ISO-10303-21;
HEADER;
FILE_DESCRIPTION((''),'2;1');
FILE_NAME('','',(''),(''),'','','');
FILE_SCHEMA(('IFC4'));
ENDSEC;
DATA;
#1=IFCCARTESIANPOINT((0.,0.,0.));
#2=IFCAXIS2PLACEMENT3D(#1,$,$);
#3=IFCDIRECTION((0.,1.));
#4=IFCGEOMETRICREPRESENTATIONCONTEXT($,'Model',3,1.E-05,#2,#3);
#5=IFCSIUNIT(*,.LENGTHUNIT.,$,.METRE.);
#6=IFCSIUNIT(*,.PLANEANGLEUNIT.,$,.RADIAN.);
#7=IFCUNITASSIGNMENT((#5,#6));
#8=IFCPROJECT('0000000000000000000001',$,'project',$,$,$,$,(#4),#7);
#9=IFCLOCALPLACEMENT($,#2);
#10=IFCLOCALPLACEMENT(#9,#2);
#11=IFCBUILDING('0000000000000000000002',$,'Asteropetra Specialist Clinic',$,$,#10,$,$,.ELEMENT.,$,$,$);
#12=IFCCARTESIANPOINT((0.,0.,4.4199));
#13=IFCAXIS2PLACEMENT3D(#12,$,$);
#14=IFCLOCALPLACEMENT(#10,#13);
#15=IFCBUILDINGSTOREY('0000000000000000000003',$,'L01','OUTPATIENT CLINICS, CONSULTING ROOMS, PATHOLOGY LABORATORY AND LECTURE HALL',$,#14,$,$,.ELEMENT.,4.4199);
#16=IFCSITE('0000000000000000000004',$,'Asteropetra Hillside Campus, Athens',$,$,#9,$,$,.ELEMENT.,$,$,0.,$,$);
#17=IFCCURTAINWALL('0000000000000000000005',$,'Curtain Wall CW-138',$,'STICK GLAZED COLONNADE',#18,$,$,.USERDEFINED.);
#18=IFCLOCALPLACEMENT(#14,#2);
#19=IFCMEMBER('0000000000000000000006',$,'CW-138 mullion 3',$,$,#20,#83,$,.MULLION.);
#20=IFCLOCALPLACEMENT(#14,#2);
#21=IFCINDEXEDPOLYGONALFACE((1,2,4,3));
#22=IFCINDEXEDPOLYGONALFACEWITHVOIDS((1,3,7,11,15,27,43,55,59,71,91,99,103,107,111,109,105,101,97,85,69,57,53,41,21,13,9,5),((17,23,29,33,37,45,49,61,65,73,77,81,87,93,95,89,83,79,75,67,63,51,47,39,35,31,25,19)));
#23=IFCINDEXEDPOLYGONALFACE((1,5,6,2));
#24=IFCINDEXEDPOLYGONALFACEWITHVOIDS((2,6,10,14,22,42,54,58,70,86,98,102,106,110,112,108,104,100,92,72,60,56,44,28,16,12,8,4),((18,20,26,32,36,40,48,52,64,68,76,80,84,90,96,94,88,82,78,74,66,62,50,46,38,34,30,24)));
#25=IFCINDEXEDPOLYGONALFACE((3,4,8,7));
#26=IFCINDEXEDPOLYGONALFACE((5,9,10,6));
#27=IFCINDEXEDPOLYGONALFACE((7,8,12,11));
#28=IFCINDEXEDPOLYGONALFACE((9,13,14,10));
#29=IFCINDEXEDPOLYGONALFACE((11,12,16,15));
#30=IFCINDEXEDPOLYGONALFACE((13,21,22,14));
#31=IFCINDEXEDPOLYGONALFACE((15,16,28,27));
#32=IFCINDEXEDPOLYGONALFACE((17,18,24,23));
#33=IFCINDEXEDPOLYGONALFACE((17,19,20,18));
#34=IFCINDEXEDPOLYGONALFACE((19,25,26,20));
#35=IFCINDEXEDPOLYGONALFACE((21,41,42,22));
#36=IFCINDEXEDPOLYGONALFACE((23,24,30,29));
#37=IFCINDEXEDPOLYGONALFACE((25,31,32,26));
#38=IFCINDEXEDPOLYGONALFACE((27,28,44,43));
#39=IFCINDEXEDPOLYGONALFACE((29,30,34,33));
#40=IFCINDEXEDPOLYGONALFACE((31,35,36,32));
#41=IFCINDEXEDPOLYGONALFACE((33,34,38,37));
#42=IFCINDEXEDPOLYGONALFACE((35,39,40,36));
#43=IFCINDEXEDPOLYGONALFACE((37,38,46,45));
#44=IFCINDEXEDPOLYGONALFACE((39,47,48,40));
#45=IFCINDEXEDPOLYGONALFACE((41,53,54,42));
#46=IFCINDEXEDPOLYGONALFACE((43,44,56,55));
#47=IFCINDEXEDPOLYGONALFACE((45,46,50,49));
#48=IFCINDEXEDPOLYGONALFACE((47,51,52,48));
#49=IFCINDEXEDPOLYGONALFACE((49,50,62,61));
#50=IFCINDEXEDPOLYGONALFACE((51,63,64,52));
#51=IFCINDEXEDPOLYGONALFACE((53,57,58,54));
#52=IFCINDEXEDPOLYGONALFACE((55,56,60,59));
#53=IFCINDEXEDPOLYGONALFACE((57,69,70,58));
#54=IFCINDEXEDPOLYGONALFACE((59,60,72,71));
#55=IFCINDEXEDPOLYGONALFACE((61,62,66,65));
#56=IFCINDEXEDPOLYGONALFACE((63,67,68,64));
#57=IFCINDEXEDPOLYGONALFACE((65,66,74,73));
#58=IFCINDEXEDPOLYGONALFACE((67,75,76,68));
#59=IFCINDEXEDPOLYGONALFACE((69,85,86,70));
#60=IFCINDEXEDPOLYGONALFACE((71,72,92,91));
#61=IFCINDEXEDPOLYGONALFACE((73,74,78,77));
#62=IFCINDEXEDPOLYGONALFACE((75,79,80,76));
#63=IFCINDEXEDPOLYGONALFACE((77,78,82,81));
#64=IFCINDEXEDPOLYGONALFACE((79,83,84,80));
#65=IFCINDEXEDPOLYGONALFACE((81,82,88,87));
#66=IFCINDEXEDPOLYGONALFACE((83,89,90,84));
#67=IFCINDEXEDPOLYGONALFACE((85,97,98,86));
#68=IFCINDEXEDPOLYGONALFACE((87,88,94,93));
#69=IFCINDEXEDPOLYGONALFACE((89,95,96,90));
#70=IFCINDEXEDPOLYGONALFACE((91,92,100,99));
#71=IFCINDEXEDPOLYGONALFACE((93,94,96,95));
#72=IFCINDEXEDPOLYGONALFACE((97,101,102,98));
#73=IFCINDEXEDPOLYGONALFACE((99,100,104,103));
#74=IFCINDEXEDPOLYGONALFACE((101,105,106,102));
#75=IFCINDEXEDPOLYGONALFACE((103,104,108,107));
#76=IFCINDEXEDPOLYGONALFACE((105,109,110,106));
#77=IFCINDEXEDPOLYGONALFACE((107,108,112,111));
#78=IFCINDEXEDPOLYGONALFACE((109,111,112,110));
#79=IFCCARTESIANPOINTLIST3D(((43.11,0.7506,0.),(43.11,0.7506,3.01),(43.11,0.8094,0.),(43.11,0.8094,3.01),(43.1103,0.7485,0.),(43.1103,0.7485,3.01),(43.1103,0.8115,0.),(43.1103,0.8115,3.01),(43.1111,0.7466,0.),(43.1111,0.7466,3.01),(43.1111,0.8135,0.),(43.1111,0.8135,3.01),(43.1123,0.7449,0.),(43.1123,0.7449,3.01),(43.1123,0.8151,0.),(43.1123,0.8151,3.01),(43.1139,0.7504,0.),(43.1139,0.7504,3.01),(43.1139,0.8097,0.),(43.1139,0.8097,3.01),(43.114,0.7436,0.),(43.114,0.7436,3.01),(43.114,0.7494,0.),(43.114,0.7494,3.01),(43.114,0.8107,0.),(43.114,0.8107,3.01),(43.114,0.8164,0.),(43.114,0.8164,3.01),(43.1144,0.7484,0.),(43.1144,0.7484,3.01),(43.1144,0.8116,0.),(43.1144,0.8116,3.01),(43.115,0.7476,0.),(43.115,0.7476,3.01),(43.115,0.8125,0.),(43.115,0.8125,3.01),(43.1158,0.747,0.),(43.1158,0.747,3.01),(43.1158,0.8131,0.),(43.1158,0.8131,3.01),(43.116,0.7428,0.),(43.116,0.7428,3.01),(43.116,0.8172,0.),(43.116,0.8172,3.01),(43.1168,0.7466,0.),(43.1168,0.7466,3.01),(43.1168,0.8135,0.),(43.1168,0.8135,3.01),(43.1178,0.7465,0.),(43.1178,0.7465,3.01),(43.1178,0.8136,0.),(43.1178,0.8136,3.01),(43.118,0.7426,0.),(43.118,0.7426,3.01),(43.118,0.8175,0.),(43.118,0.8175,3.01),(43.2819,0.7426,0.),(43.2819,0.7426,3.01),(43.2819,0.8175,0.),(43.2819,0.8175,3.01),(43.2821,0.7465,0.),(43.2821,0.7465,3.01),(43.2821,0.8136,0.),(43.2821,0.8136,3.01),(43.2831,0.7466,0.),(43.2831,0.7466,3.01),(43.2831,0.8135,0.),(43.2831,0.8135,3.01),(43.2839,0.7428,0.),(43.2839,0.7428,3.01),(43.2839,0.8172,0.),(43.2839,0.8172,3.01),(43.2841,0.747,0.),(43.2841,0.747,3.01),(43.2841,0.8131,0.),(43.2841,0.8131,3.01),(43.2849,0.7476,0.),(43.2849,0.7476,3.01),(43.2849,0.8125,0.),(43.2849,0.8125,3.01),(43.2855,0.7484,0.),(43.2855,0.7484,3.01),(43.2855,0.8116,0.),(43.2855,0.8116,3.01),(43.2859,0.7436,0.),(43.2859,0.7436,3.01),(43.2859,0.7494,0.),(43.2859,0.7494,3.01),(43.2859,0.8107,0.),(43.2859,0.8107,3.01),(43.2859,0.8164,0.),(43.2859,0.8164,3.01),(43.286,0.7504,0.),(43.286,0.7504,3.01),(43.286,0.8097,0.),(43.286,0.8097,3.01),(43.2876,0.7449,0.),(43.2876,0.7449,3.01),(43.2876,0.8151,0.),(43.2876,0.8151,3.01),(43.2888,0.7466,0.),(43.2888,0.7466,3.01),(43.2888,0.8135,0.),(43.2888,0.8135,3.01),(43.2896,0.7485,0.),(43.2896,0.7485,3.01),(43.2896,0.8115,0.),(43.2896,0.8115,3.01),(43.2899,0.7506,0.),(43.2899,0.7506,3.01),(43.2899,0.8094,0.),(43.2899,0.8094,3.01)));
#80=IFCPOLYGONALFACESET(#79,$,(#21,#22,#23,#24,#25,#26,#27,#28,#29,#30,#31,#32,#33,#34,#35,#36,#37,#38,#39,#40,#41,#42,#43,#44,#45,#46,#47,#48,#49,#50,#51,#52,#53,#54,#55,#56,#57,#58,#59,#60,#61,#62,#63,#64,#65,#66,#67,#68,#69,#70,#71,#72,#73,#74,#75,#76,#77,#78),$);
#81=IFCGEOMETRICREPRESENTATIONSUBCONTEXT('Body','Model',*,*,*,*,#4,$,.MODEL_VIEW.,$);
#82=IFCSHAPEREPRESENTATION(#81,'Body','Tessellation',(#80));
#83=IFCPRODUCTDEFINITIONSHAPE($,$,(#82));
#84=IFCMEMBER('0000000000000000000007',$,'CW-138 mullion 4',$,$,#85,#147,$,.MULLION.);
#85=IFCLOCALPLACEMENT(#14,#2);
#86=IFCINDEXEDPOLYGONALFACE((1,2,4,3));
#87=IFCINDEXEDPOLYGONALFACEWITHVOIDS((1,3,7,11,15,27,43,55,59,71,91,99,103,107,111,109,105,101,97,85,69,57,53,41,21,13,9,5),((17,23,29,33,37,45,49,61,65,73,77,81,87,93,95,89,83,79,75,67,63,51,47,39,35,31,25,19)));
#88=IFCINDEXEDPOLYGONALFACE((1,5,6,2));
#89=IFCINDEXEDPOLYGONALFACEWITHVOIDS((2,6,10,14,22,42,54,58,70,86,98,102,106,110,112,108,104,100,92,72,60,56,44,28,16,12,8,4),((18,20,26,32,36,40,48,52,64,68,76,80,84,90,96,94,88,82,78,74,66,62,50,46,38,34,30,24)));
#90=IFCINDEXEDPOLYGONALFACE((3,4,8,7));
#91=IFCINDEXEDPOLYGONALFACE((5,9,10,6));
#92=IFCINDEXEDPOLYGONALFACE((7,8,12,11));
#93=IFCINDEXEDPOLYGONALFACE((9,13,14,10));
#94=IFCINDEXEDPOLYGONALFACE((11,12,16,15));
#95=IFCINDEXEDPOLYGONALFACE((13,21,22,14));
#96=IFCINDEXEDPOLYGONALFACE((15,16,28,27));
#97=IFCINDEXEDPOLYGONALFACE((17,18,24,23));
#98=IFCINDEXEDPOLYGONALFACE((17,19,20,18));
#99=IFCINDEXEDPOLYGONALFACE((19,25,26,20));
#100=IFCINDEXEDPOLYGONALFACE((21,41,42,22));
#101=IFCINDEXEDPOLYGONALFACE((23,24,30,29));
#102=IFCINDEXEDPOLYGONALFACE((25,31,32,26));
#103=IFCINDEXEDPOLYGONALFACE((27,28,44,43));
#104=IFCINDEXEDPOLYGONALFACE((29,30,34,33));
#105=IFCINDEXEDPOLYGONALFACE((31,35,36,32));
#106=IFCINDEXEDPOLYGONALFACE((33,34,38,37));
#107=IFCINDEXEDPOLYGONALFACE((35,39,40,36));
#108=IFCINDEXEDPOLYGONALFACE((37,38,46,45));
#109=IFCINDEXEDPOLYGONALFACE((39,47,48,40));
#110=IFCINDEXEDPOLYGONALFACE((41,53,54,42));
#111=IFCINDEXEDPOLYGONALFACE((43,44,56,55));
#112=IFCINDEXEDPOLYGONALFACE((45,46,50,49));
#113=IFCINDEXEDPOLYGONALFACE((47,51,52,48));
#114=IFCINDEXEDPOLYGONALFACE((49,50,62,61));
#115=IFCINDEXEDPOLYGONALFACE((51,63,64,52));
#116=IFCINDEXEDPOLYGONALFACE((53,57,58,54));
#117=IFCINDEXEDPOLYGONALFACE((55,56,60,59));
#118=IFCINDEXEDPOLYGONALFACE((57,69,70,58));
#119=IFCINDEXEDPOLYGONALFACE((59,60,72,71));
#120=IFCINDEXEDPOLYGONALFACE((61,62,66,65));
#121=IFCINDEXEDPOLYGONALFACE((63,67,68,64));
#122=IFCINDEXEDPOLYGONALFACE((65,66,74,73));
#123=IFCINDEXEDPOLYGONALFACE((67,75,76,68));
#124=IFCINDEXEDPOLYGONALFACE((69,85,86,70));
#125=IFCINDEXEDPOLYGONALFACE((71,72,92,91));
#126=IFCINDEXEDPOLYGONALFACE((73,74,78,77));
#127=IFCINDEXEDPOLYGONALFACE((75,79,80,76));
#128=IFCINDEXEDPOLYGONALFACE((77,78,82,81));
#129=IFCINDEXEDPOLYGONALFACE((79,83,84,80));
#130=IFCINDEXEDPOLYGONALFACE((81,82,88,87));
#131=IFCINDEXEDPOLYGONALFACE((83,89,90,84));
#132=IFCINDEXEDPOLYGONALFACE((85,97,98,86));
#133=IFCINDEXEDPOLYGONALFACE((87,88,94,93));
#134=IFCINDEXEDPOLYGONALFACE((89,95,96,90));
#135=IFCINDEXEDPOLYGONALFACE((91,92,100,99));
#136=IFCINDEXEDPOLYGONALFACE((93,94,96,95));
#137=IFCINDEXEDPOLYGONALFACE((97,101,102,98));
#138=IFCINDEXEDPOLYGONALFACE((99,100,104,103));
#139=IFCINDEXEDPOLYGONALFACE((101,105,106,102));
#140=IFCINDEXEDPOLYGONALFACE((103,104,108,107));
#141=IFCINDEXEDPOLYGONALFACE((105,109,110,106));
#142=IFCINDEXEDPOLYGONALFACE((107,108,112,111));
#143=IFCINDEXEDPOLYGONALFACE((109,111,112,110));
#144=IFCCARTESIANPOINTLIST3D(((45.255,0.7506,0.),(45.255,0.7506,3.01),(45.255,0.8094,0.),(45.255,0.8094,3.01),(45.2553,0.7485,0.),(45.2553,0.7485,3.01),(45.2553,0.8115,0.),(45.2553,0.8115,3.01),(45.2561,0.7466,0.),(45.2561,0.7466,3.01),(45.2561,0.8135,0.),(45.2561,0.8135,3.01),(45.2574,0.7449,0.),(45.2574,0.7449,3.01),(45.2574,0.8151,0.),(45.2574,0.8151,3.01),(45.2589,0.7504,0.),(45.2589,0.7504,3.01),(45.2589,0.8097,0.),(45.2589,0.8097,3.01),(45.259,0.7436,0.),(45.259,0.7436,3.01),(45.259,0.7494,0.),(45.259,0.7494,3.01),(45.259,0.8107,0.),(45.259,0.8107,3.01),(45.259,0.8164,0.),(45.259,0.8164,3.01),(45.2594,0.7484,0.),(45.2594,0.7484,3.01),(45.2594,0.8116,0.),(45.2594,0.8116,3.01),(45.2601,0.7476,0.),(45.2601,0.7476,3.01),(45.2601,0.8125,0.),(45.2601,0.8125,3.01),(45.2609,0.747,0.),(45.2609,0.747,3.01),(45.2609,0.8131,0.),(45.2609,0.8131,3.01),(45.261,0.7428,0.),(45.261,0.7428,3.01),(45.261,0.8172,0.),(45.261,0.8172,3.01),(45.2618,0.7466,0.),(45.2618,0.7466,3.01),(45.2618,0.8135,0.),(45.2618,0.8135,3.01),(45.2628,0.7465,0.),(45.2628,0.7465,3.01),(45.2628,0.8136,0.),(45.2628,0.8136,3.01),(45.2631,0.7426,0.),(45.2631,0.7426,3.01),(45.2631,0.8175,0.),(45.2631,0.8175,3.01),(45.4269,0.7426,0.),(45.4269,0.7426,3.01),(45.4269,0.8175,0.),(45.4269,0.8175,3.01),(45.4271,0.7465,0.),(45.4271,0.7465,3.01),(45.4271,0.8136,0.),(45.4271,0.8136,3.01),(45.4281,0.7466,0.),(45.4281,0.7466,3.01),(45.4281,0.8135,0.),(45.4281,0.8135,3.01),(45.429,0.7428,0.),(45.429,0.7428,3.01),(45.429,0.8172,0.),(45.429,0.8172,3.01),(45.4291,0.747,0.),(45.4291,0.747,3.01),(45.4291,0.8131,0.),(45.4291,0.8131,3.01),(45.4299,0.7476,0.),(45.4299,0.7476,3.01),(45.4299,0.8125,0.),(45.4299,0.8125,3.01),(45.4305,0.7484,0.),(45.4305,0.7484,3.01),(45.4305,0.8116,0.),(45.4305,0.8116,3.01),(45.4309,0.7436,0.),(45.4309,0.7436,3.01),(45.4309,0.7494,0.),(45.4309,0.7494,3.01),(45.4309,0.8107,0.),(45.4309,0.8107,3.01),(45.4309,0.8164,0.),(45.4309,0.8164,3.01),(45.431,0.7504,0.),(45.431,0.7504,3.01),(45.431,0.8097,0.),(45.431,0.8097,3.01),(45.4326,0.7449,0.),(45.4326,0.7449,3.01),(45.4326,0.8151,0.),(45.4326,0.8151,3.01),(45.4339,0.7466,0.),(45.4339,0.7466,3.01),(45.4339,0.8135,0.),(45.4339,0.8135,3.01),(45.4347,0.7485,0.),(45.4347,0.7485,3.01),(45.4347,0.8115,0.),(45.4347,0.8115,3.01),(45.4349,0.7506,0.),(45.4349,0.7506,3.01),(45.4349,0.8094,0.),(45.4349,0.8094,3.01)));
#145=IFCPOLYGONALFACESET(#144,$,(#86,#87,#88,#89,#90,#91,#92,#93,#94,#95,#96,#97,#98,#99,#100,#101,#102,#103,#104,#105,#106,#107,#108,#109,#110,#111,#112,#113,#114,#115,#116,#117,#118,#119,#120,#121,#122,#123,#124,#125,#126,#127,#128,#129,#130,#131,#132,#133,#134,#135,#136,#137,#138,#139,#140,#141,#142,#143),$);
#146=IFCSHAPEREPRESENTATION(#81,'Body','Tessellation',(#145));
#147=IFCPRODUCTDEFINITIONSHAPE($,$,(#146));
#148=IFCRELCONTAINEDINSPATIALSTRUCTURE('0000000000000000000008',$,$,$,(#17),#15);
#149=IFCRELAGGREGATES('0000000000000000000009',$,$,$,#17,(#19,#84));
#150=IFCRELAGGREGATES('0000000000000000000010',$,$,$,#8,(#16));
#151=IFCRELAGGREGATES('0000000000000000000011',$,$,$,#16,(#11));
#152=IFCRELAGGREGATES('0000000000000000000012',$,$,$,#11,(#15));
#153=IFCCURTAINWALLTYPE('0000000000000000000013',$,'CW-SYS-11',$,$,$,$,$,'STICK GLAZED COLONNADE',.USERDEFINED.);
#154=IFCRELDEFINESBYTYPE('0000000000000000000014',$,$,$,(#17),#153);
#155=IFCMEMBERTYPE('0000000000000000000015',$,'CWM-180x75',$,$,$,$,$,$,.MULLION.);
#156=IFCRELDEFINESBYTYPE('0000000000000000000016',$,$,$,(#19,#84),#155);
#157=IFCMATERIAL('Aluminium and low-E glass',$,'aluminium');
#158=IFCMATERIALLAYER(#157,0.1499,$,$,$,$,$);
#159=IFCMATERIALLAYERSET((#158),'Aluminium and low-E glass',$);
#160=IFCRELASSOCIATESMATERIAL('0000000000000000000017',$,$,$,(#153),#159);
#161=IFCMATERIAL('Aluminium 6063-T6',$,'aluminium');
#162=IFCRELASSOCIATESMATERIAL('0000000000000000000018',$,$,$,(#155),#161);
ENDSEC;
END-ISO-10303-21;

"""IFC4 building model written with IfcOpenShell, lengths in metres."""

from ifc_helpers import new_model, si_unit, direction, frame, origin, origin_2d, place, context, subcontext, project, spatial, hollow_rectangle, extrude, material, layer, layer_set, material_profile, profile_set, type_object, element, aggregate, save


model = new_model("IFC4")

# Units and contexts
model_context = context("Model", 3, precision=1e-05, world=origin(), true_north=direction((0.0, 1.0)))
body_context = subcontext(model_context, "Body", "Model", "MODEL_VIEW")
ifc_project = project(units=[si_unit("LENGTHUNIT", "METRE"), si_unit("PLANEANGLEUNIT", "RADIAN")], contexts=[model_context])

# Site, building, storey
site_placement = place(None, origin())
site = spatial("IfcSite", under=ifc_project, at=site_placement, Name="Asteropetra Hillside Campus, Athens", CompositionType="ELEMENT", RefElevation=0.0)
building_placement = place(site_placement, origin())
building = spatial("IfcBuilding", under=site, at=building_placement, Name="Asteropetra Specialist Clinic", CompositionType="ELEMENT")
storey_placement = place(building_placement, frame((0.0, 0.0, 4.4199)))
storey = spatial("IfcBuildingStorey", under=building, at=storey_placement, Name="L01", Description="OUTPATIENT CLINICS, CONSULTING ROOMS, PATHOLOGY LABORATORY AND LECTURE HALL", CompositionType="ELEMENT", Elevation=4.4199)

# Curtain wall, members
ifc_material_1 = material(Name="Aluminium and low-E glass", Category="aluminium")
ifc_layer_1 = layer(ifc_material_1, 0.1499)
ifc_layer_set_1 = layer_set([ifc_layer_1], Name="Aluminium and low-E glass")
curtain_wall_type = type_object("IfcCurtainWallType", Name="CW-SYS-11", ElementType="STICK GLAZED COLONNADE", PredefinedType="USERDEFINED", material=ifc_layer_set_1)
curtain_wall_placement = place(storey_placement, origin())
curtain_wall = element("IfcCurtainWall", 1, at=curtain_wall_placement, inside=storey, type_object=curtain_wall_type, Name="Curtain Wall CW-138", ObjectType="STICK GLAZED COLONNADE", PredefinedType="USERDEFINED")
ifc_material_2 = material(Name="Aluminium 6063-T6", Category="aluminium")
ifc_material_profile_1 = material_profile(ifc_material_2, hollow_rectangle(XDim=0.075, YDim=0.1799, WallThickness=0.0039, InnerFilletRadius=0.0039, OuterFilletRadius=0.0081, at=origin_2d()), Name="MUL 180x75x4.0")
ifc_profile_set_1 = profile_set([ifc_material_profile_1], Name="Aluminium 6063-T6")
member_type_1 = type_object("IfcMemberType", Name="CWM-180x75", PredefinedType="MULLION", material=ifc_profile_set_1)
member_1_placement = place(storey_placement, frame((43.2, 0.78, 0.0), z_axis=(0.0, 0.0, 1.0), x_axis=(0.0, 1.0, 0.0)))
member_1 = element("IfcMember", 2, at=member_1_placement, type_object=member_type_1, Name="CW-138 mullion 3", PredefinedType="MULLION", context=body_context, shape_type="SweptSolid", body=[
    extrude(hollow_rectangle(XDim=0.075, YDim=0.1799, WallThickness=0.0039, InnerFilletRadius=0.0039, OuterFilletRadius=0.0081, at=origin_2d()), origin(), (0.0, 0.0, 1.0), 3.01),
])
member_2_placement = place(storey_placement, frame((45.345, 0.78, 0.0), z_axis=(0.0, 0.0, 1.0), x_axis=(0.0, 1.0, 0.0)))
member_2 = element("IfcMember", 3, at=member_2_placement, type_object=member_type_1, Name="CW-138 mullion 4", PredefinedType="MULLION", context=body_context, shape_type="SweptSolid", body=[
    extrude(hollow_rectangle(XDim=0.075, YDim=0.1799, WallThickness=0.0039, InnerFilletRadius=0.0039, OuterFilletRadius=0.0081, at=origin_2d()), origin(), (0.0, 0.0, 1.0), 3.01),
])

aggregate(curtain_wall, [member_1, member_2])

save(model, "model.ifc")
